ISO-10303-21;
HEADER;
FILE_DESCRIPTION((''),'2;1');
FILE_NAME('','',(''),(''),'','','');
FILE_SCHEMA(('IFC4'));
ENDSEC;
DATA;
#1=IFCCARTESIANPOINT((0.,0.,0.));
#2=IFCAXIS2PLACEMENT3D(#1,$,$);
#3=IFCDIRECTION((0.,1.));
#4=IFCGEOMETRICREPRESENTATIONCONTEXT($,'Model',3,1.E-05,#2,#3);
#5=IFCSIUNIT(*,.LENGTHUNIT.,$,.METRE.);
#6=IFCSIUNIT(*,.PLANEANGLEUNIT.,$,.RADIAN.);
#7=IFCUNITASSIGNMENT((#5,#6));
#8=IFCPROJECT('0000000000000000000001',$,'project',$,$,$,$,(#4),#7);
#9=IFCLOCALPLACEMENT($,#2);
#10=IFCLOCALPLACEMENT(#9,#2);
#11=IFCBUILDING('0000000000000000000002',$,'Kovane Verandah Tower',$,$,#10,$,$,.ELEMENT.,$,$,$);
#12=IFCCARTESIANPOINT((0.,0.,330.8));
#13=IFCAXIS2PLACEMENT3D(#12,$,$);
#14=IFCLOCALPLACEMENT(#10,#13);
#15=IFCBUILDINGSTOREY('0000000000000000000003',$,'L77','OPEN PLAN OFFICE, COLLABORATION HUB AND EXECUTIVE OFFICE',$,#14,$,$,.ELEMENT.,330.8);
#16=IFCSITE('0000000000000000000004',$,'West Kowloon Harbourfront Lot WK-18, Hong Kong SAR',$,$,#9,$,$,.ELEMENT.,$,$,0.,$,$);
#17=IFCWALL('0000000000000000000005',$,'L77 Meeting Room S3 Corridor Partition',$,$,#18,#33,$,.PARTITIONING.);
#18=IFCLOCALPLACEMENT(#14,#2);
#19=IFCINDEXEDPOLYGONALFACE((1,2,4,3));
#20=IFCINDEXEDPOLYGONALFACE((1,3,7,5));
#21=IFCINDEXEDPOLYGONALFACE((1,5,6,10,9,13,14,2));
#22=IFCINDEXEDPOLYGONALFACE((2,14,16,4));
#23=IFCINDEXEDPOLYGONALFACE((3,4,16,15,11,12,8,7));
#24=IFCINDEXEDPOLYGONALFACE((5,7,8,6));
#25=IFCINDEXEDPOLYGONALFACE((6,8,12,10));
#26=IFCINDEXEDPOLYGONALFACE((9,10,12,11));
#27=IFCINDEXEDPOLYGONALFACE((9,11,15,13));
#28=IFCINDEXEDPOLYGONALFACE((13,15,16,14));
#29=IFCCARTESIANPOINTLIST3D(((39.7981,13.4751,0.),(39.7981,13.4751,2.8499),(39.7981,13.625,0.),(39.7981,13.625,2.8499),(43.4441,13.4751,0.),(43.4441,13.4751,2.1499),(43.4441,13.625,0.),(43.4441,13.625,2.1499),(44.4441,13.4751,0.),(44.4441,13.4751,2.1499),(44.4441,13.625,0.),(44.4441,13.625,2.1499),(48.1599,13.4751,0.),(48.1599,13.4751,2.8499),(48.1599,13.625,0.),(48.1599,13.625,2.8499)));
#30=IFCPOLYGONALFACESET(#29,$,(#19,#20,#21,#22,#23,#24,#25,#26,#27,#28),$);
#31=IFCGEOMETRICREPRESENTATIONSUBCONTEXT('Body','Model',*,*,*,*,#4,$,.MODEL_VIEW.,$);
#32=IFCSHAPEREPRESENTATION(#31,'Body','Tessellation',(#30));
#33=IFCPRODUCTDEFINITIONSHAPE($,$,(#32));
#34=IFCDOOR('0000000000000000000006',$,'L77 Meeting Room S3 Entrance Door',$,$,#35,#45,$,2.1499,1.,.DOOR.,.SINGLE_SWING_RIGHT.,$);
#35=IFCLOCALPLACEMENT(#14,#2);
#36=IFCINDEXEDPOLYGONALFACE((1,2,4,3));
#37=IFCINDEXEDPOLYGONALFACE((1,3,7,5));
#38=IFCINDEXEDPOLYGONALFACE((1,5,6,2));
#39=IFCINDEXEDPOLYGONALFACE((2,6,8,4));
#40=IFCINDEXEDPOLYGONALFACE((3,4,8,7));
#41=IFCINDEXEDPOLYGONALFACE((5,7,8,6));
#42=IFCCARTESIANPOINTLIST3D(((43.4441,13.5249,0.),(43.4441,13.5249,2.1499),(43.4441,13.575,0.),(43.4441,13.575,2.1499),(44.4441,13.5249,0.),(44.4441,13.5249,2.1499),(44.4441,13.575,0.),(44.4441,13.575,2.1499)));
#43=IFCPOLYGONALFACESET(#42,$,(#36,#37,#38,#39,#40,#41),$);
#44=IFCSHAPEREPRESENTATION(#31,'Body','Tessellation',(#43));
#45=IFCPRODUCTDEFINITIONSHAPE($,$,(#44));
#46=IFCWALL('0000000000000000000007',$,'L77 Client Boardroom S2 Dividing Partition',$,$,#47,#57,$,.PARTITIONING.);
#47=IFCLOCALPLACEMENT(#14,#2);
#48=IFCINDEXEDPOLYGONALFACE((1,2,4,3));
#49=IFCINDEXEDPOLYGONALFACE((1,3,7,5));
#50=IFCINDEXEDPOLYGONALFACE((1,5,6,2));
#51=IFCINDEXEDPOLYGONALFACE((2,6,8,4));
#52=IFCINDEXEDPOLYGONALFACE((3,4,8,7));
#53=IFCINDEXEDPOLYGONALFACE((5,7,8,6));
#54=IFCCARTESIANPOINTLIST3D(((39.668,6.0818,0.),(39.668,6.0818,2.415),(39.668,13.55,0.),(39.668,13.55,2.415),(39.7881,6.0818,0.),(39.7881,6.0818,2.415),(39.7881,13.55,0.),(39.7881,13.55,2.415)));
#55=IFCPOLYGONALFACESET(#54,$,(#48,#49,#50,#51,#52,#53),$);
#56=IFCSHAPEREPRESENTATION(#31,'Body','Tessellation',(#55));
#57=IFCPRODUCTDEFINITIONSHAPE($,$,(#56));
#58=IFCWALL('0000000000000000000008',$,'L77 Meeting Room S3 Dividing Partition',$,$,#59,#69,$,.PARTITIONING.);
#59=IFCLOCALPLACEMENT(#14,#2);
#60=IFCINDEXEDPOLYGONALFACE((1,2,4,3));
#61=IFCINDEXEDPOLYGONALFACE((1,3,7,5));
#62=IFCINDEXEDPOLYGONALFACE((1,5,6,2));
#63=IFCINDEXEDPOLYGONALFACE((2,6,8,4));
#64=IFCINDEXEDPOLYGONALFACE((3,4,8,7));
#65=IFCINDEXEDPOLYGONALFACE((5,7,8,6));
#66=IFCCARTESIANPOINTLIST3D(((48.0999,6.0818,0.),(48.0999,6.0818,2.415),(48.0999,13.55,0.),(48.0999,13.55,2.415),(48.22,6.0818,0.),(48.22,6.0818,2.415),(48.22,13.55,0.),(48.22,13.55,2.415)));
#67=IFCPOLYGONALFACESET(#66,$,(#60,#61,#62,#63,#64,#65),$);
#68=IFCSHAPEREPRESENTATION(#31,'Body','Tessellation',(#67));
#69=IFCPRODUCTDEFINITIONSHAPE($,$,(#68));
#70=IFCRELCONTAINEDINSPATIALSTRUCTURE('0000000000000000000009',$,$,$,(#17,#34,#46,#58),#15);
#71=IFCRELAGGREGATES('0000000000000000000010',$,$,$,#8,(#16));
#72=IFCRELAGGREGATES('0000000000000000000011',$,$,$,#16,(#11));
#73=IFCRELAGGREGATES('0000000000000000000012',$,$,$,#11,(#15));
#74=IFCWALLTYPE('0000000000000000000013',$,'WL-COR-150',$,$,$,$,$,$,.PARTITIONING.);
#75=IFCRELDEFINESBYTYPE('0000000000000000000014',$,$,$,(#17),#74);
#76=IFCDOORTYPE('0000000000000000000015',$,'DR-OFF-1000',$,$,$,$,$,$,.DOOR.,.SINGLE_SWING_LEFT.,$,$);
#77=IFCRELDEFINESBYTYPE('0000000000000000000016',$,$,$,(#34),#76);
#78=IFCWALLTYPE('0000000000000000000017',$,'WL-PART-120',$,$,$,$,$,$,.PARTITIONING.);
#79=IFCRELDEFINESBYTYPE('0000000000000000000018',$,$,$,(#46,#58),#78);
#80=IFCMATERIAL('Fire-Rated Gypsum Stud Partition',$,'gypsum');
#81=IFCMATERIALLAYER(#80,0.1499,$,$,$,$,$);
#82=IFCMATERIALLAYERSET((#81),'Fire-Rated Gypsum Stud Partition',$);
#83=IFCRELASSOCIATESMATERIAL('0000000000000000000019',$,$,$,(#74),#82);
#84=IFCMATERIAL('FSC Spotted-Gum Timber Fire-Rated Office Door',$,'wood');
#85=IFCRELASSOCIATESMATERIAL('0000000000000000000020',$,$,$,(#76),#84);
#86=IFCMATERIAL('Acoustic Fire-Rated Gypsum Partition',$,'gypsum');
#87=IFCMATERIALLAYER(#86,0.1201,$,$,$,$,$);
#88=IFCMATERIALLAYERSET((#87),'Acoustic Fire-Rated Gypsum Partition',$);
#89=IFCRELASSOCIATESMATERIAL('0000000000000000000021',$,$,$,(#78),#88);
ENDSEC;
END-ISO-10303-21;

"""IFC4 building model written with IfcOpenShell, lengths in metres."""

from ifc_helpers import new_model, si_unit, direction, frame, frame_2d, origin, place, context, subcontext, project, spatial, rectangle, extrude, material, layer, layer_set, type_object, element, fill, save


model = new_model("IFC4")

# Units and contexts
model_context = context("Model", 3, precision=1e-05, world=origin(), true_north=direction((0.0, 1.0)))
body_context = subcontext(model_context, "Body", "Model", "MODEL_VIEW")
ifc_project = project(units=[si_unit("LENGTHUNIT", "METRE"), si_unit("PLANEANGLEUNIT", "RADIAN")], contexts=[model_context])

# Site, building, storey
site_placement = place(None, origin())
site = spatial("IfcSite", under=ifc_project, at=site_placement, Name="West Kowloon Harbourfront Lot WK-18, Hong Kong SAR", CompositionType="ELEMENT", RefElevation=0.0)
building_placement = place(site_placement, origin())
building = spatial("IfcBuilding", under=site, at=building_placement, Name="Kovane Verandah Tower", CompositionType="ELEMENT")
storey_placement = place(building_placement, frame((0.0, 0.0, 330.8)))
storey = spatial("IfcBuildingStorey", under=building, at=storey_placement, Name="L77", Description="OPEN PLAN OFFICE, COLLABORATION HUB AND EXECUTIVE OFFICE", CompositionType="ELEMENT", Elevation=330.8)

# Wall, opening, door
ifc_material_1 = material(Name="Fire-Rated Gypsum Stud Partition", Category="gypsum")
ifc_layer_1 = layer(ifc_material_1, 0.1499)
ifc_layer_set_1 = layer_set([ifc_layer_1], Name="Fire-Rated Gypsum Stud Partition")
wall_type_1 = type_object("IfcWallType", Name="WL-COR-150", PredefinedType="PARTITIONING", material=ifc_layer_set_1)
wall_1_placement = place(storey_placement, frame((39.7981, 13.55, 0.0), z_axis=(0.0, 0.0, 1.0), x_axis=(1.0, 0.0, 0.0)))
wall_1 = element("IfcWall", 1, at=wall_1_placement, inside=storey, type_object=wall_type_1, Name="L77 Meeting Room S3 Corridor Partition", PredefinedType="PARTITIONING", context=body_context, shape_type="SweptSolid", body=[
    extrude(rectangle(XDim=8.3618, YDim=0.1499, at=frame_2d((4.1809, 0.0))), origin(), (0.0, 0.0, 1.0), 2.8499),
])
opening_1_placement = place(wall_1_placement, frame((3.646, 0.0, 0.0)))
opening_1 = element("IfcOpeningElement", 2, at=opening_1_placement, cuts=wall_1, PredefinedType="OPENING", context=body_context, shape_type="SweptSolid", body=[
    extrude(rectangle(XDim=1.0, YDim=2.1499, at=frame_2d((0.5, 1.075))), frame((0.0, 0.075, 0.0), z_axis=(0.0, -1.0, 0.0), x_axis=(1.0, 0.0, 0.0)), (0.0, 0.0, 1.0), 0.1499),
])
ifc_material_2 = material(Name="FSC Spotted-Gum Timber Fire-Rated Office Door", Category="wood")
door_type = type_object("IfcDoorType", Name="DR-OFF-1000", OperationType="SINGLE_SWING_LEFT", PredefinedType="DOOR", material=ifc_material_2)
door_1_placement = place(opening_1_placement, origin())
door_1 = element("IfcDoor", 3, at=door_1_placement, inside=storey, type_object=door_type, Name="L77 Meeting Room S3 Entrance Door", OperationType="SINGLE_SWING_RIGHT", OverallHeight=2.1499, OverallWidth=1.0, PredefinedType="DOOR", context=body_context, shape_type="SweptSolid", body=[
    extrude(rectangle(XDim=1.0, YDim=2.1499, at=frame_2d((0.5, 1.075))), frame((0.0, 0.0249, 0.0), z_axis=(0.0, -1.0, 0.0), x_axis=(1.0, 0.0, 0.0)), (0.0, 0.0, 1.0), 0.05),
])
fill(opening_1, door_1)

# Walls
ifc_material_3 = material(Name="Acoustic Fire-Rated Gypsum Partition", Category="gypsum")
ifc_layer_2 = layer(ifc_material_3, 0.1201)
ifc_layer_set_2 = layer_set([ifc_layer_2], Name="Acoustic Fire-Rated Gypsum Partition")
wall_type_2 = type_object("IfcWallType", Name="WL-PART-120", PredefinedType="PARTITIONING", material=ifc_layer_set_2)
for number, where, z_axis, x_axis, name in (
    (4, (39.728, 6.0818, 0.0), (0.0, 0.0, 1.0), (0.0, 1.0, 0.0), "L77 Client Boardroom S2 Dividing Partition"),
    (5, (48.1599, 6.0818, 0.0), (0.0, 0.0, 1.0), (0.0, 1.0, 0.0), "L77 Meeting Room S3 Dividing Partition"),
):
    element("IfcWall", number, at=place(storey_placement, frame(where, z_axis=z_axis, x_axis=x_axis)), inside=storey, type_object=wall_type_2, Name=name, PredefinedType="PARTITIONING", context=body_context, shape_type="SweptSolid", body=[
        extrude(rectangle(XDim=7.4683, YDim=0.1201, at=frame_2d((3.7341, 0.0))), origin(), (0.0, 0.0, 1.0), 2.415),
    ])

save(model, "model.ifc")
